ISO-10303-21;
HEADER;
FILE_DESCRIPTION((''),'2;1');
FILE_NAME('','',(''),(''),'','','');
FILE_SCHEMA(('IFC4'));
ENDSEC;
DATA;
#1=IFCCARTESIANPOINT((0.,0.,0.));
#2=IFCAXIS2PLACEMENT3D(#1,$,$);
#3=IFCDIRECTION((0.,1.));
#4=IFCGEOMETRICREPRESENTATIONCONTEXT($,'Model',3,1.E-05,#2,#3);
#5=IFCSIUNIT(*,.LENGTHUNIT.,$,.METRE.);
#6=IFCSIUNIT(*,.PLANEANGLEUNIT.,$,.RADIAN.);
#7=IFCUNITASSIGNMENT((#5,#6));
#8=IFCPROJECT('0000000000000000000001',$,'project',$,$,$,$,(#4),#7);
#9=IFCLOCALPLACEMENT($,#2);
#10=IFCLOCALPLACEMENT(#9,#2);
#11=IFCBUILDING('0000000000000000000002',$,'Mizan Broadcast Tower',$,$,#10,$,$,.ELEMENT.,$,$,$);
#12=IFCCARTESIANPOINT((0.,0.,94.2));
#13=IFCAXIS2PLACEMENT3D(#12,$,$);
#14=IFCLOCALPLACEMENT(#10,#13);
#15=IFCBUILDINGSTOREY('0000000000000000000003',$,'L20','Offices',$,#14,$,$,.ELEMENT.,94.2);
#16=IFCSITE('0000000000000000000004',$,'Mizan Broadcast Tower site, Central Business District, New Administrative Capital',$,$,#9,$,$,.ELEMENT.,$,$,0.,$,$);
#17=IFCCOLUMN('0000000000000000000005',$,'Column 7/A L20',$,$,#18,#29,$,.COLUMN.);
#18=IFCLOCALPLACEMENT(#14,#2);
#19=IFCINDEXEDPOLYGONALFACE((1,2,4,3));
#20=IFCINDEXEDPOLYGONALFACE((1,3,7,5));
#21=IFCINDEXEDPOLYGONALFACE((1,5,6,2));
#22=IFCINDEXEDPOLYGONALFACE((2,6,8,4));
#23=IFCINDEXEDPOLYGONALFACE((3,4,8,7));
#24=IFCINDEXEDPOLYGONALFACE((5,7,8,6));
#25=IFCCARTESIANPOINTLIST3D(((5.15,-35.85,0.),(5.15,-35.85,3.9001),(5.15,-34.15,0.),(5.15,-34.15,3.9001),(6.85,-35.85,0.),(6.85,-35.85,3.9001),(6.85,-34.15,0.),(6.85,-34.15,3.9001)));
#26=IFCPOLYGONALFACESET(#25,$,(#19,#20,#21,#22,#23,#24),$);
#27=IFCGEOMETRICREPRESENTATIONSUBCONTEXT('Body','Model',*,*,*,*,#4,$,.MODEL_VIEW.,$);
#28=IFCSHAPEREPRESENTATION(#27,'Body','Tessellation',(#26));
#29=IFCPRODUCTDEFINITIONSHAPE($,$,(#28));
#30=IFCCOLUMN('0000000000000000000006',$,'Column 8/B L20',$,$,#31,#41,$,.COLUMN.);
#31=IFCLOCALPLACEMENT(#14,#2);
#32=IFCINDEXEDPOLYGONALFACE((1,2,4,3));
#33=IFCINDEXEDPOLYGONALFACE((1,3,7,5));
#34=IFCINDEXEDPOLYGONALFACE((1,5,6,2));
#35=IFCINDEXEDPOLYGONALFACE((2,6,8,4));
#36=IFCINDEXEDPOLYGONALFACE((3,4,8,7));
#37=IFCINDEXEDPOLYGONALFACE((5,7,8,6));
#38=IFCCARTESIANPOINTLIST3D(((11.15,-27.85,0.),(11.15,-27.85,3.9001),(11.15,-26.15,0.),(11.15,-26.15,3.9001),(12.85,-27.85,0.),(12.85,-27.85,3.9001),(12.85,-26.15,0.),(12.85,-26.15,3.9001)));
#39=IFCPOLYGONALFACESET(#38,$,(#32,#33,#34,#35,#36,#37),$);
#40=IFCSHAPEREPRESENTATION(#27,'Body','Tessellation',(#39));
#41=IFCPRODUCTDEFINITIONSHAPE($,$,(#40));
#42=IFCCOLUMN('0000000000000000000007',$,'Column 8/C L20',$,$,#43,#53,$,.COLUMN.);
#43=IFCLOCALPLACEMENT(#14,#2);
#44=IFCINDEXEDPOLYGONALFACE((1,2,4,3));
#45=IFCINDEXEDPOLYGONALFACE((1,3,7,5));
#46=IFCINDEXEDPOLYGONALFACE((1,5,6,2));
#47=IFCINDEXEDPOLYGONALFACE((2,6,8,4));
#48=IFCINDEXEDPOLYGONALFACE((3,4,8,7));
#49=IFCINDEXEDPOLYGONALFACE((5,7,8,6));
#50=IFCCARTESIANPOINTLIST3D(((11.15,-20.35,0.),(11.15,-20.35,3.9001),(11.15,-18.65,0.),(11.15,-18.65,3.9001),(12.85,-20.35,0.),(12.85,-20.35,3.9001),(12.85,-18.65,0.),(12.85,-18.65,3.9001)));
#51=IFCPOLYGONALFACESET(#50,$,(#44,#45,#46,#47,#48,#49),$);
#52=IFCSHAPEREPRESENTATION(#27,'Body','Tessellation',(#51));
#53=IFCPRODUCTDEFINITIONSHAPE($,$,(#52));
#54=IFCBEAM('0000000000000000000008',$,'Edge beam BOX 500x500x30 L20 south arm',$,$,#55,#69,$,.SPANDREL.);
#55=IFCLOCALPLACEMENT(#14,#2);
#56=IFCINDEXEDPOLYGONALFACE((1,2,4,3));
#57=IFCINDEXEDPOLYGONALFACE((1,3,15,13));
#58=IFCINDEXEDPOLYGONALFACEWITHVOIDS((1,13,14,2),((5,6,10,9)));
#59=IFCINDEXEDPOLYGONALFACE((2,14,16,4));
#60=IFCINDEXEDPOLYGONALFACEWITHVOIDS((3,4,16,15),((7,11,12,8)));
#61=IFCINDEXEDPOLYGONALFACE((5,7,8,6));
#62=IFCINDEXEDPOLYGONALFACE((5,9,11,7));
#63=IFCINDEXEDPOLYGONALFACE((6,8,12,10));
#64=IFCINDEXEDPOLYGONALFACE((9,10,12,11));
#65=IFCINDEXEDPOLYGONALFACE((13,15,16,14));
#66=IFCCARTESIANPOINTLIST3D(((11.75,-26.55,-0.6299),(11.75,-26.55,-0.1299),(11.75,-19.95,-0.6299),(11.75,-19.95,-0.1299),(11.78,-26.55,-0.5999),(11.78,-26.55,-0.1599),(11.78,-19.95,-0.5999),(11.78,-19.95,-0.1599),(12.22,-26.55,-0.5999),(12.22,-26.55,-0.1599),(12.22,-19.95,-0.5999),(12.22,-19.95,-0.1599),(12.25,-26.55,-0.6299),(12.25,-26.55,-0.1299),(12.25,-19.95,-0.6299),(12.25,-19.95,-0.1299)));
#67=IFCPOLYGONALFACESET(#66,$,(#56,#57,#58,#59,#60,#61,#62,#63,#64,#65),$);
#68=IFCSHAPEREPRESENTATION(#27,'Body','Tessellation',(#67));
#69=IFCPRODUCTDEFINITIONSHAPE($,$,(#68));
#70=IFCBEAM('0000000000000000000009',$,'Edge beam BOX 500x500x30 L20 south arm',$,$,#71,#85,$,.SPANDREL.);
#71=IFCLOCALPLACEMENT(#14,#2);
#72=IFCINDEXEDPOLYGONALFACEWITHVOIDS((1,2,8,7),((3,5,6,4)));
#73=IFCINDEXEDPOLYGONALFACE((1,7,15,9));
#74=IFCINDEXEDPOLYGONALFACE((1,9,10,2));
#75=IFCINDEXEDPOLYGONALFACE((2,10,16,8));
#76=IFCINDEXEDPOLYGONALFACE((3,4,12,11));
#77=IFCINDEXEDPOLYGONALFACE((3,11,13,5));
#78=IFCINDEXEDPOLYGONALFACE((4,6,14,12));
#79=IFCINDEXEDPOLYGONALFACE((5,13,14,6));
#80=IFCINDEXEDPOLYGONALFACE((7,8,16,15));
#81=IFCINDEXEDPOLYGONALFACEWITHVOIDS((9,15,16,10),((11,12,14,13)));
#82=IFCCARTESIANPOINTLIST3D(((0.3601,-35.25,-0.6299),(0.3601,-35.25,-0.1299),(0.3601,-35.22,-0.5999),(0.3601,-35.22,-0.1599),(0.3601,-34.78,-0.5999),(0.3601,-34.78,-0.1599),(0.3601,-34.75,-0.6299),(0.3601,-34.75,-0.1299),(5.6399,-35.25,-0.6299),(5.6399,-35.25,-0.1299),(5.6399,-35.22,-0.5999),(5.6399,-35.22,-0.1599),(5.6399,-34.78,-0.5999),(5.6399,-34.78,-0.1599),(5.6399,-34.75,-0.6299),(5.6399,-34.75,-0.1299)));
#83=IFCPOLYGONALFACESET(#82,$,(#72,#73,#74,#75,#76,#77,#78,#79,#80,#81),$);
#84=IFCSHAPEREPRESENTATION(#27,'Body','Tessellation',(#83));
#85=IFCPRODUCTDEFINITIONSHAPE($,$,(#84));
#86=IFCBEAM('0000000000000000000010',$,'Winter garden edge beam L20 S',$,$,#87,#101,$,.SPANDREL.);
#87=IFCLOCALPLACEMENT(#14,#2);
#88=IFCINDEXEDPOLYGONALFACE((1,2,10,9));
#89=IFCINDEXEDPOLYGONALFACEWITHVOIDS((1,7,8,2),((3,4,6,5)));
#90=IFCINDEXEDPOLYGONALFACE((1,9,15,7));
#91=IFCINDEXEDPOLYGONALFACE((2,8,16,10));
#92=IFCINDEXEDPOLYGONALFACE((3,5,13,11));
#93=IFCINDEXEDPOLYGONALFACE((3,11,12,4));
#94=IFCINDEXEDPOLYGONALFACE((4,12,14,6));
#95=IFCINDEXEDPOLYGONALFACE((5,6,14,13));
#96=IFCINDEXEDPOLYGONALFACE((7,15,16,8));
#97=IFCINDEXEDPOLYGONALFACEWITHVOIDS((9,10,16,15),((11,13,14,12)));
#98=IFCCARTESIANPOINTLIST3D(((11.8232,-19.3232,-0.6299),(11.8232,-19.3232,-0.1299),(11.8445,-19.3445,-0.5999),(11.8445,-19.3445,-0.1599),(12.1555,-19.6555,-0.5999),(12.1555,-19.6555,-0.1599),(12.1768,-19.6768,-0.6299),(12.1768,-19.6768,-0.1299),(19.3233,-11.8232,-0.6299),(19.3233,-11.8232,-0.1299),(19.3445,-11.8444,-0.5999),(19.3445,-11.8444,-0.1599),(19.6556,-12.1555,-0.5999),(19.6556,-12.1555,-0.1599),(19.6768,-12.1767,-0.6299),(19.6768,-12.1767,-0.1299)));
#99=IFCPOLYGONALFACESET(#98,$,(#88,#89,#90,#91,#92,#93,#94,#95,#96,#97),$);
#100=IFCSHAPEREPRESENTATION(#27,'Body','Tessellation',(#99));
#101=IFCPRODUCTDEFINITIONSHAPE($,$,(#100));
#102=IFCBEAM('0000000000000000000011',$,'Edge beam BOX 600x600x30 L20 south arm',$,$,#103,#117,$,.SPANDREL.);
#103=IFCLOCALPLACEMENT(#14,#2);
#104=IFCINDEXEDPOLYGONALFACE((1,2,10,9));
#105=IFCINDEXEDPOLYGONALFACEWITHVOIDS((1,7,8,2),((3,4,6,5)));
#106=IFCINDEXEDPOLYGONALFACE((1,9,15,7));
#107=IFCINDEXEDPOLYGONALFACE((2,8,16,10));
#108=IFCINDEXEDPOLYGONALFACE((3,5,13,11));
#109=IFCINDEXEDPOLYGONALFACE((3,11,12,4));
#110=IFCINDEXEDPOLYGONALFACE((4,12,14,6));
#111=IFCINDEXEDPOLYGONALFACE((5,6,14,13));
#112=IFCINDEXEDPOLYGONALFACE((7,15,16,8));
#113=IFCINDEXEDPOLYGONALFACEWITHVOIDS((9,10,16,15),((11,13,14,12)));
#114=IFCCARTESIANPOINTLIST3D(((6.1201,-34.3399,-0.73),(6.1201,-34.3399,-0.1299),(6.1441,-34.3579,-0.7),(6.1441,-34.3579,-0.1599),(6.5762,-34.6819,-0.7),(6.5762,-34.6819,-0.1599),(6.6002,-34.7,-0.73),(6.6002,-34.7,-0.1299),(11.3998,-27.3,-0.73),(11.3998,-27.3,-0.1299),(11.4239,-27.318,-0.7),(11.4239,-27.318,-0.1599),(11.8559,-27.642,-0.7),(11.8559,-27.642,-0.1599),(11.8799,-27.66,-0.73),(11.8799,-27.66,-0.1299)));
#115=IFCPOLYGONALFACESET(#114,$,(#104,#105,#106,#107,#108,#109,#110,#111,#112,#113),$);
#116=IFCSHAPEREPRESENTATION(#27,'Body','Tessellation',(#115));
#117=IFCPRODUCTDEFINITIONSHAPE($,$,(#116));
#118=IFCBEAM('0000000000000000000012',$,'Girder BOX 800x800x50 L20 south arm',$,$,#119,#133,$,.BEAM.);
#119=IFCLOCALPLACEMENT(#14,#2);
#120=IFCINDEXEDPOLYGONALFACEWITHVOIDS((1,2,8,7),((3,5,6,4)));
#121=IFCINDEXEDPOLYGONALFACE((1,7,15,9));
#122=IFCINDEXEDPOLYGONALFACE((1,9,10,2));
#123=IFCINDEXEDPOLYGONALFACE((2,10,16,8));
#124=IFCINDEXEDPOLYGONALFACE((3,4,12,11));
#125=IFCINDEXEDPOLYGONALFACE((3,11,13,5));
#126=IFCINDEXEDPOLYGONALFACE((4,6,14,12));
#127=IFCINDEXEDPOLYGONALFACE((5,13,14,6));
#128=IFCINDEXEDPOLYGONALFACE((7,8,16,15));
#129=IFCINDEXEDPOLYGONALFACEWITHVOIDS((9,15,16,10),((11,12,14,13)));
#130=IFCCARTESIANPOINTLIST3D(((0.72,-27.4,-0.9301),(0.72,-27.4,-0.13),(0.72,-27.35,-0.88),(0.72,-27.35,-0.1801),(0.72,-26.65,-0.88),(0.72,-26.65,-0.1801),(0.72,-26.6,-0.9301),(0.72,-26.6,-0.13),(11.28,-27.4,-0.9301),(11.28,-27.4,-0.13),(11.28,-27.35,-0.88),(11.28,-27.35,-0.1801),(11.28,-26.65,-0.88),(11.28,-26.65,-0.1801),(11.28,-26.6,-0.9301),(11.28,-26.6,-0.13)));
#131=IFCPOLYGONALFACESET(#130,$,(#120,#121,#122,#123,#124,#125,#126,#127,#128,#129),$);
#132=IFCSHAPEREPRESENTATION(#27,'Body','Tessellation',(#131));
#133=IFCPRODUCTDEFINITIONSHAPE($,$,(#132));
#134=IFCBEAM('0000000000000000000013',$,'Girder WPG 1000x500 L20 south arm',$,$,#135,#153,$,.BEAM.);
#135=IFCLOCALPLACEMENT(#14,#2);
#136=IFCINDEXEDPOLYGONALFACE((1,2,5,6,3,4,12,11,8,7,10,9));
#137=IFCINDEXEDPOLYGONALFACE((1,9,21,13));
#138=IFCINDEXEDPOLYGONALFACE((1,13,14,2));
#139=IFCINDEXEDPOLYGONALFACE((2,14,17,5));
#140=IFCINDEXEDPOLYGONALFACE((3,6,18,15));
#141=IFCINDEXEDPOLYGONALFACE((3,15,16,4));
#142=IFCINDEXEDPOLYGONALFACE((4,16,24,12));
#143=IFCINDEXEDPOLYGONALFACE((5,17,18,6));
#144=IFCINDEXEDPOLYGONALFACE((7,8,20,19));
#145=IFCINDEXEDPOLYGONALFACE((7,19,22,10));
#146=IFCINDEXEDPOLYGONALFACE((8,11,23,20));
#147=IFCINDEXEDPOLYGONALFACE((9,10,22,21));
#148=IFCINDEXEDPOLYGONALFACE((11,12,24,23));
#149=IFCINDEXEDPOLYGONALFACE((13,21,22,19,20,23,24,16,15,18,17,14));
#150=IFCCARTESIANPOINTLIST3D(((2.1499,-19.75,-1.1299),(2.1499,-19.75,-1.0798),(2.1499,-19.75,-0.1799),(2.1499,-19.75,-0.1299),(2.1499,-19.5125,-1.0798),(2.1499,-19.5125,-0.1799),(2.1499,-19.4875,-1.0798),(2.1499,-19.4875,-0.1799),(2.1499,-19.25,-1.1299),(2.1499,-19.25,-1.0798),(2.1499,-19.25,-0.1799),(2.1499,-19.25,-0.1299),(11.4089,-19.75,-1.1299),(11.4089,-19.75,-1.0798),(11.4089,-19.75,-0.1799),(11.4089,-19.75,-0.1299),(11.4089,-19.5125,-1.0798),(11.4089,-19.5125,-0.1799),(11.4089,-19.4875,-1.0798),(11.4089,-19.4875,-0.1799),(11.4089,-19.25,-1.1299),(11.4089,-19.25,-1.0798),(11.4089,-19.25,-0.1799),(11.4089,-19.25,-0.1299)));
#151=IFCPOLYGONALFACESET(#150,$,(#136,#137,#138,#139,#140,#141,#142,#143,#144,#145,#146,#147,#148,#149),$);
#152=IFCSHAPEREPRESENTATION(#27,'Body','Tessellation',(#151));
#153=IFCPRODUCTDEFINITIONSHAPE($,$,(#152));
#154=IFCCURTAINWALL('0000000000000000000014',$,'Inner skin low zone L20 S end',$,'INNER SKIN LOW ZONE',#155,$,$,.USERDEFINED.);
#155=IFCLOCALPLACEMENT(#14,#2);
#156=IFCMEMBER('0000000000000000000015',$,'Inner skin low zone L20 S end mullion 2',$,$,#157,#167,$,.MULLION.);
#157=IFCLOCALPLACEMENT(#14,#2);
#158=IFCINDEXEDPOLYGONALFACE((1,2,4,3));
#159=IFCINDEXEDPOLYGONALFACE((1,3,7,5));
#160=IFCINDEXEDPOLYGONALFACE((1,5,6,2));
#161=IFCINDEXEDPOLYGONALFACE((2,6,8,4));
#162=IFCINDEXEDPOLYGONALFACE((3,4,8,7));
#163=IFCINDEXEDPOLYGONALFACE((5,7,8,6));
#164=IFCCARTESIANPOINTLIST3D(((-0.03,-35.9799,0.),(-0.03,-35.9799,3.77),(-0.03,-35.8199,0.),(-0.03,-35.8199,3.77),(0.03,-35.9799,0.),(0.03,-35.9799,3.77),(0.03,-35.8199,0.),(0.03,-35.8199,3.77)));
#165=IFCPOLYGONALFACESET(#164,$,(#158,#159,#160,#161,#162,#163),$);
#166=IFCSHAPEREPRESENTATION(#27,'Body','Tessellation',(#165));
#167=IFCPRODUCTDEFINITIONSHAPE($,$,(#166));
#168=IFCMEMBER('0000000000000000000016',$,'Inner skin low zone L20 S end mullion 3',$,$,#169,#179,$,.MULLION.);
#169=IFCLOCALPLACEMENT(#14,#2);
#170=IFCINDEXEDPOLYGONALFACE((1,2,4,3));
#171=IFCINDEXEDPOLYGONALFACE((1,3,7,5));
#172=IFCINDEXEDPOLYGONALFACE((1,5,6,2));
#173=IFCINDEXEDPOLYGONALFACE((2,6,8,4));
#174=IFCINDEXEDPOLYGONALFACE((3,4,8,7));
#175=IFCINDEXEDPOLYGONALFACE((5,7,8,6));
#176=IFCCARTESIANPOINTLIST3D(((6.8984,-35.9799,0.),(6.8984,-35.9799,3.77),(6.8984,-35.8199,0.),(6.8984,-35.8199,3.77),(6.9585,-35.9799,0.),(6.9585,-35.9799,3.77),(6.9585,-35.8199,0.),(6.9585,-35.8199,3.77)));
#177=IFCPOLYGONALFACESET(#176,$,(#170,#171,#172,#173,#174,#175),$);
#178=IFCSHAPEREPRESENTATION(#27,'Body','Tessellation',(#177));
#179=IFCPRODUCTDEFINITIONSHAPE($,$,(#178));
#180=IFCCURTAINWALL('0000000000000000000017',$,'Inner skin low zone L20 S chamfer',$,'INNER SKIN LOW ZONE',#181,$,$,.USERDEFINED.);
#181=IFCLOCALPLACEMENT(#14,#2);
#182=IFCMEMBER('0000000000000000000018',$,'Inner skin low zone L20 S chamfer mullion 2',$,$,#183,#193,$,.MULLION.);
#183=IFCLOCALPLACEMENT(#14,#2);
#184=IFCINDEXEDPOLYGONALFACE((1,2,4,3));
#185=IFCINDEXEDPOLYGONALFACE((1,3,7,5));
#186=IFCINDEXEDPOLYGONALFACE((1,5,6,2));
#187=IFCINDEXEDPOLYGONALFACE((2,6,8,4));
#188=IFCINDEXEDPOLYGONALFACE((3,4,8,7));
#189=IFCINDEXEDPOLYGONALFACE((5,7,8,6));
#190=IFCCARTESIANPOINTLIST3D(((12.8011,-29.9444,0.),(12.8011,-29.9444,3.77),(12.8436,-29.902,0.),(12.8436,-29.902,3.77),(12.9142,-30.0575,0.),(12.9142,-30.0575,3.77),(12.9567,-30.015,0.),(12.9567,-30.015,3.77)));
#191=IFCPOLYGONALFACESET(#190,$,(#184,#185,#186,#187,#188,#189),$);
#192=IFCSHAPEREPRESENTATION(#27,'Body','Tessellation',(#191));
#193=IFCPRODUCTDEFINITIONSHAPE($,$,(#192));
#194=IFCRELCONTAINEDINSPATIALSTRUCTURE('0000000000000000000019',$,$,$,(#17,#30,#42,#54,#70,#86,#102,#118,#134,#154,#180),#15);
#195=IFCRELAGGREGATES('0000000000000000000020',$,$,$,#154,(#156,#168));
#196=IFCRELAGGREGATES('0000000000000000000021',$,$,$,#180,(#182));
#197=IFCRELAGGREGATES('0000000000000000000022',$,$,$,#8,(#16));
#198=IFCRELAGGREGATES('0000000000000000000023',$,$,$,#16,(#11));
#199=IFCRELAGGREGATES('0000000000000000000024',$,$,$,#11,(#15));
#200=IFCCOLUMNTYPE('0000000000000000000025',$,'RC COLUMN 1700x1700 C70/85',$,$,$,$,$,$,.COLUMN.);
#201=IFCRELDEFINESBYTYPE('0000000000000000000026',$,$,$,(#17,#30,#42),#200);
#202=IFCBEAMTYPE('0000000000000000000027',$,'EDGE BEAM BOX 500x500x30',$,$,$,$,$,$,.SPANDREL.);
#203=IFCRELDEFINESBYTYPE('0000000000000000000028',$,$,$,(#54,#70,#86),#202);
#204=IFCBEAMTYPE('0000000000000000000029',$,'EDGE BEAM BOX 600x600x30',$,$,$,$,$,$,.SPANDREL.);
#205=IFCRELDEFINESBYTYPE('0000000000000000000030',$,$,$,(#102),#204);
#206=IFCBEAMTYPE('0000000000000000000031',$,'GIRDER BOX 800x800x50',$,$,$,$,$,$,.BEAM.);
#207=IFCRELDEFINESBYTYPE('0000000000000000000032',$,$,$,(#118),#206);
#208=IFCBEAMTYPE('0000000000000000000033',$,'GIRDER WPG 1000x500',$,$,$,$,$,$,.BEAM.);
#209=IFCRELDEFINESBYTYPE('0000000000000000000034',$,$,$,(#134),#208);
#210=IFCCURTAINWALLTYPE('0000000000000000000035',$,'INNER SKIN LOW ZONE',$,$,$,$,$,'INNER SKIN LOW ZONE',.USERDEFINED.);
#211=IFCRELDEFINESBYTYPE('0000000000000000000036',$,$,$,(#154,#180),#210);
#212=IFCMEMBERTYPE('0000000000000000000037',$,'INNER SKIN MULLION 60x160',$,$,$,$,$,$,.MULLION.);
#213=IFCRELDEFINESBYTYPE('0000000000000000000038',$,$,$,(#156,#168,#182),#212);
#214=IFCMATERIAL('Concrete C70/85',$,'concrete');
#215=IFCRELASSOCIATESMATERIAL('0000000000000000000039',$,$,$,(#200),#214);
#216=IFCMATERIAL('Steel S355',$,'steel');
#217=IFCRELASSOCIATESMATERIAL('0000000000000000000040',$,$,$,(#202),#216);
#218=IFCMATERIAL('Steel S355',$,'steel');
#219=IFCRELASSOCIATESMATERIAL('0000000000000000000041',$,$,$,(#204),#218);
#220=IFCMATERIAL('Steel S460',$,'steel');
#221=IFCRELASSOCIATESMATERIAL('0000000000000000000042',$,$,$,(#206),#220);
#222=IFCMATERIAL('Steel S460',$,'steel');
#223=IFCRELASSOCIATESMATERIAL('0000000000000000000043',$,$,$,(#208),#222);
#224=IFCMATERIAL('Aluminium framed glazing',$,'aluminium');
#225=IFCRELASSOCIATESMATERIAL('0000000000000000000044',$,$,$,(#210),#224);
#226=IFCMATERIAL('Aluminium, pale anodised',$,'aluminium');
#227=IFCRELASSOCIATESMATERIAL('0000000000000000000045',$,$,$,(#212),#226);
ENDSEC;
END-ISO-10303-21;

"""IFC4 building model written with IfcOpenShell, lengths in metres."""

from ifc_helpers import new_model, si_unit, direction, frame, origin, origin_2d, place, context, subcontext, project, spatial, rectangle, hollow_rectangle, i_section, extrude, material, material_profile, profile_set, type_object, element, aggregate, save


model = new_model("IFC4")

# Units and contexts
model_context = context("Model", 3, precision=1e-05, world=origin(), true_north=direction((0.0, 1.0)))
body_context = subcontext(model_context, "Body", "Model", "MODEL_VIEW")
ifc_project = project(units=[si_unit("LENGTHUNIT", "METRE"), si_unit("PLANEANGLEUNIT", "RADIAN")], contexts=[model_context])

# Site, building, storey
site_placement = place(None, origin())
site = spatial("IfcSite", under=ifc_project, at=site_placement, Name="Mizan Broadcast Tower site, Central Business District, New Administrative Capital", CompositionType="ELEMENT", RefElevation=0.0)
building_placement = place(site_placement, origin())
building = spatial("IfcBuilding", under=site, at=building_placement, Name="Mizan Broadcast Tower", CompositionType="ELEMENT")
storey_placement = place(building_placement, frame((0.0, 0.0, 94.2)))
storey = spatial("IfcBuildingStorey", under=building, at=storey_placement, Name="L20", Description="Offices", CompositionType="ELEMENT", Elevation=94.2)

# Columns
ifc_material_1 = material(Name="Concrete C70/85", Category="concrete")
ifc_material_profile_1 = material_profile(ifc_material_1, rectangle(XDim=1.7, YDim=1.7, at=origin_2d()), Name="RC 1700x1700")
ifc_profile_set_1 = profile_set([ifc_material_profile_1], Name="Concrete C70/85")
column_type = type_object("IfcColumnType", Name="RC COLUMN 1700x1700 C70/85", PredefinedType="COLUMN", material=ifc_profile_set_1)
for number, where, z_axis, x_axis, name in (
    (1, (6.0, -35.0, 0.0), (0.0, 0.0, 1.0), (1.0, 0.0, 0.0), "Column 7/A L20"),
    (2, (12.0, -27.0, 0.0), (0.0, 0.0, 1.0), (1.0, 0.0, 0.0), "Column 8/B L20"),
    (3, (12.0, -19.5, 0.0), (0.0, 0.0, 1.0), (1.0, 0.0, 0.0), "Column 8/C L20"),
):
    element("IfcColumn", number, at=place(storey_placement, frame(where, z_axis=z_axis, x_axis=x_axis)), inside=storey, type_object=column_type, Name=name, PredefinedType="COLUMN", context=body_context, shape_type="SweptSolid", body=[
        extrude(rectangle(XDim=1.7, YDim=1.7, at=origin_2d()), origin(), (0.0, 0.0, 1.0), 3.9001),
    ])

# Beams
ifc_material_2 = material(Name="Steel S355", Category="steel")
ifc_material_profile_2 = material_profile(ifc_material_2, hollow_rectangle(XDim=0.5, YDim=0.5, WallThickness=0.03, at=origin_2d()), Name="BOX 500x500x30")
ifc_profile_set_2 = profile_set([ifc_material_profile_2], Name="Steel S355")
beam_type_1 = type_object("IfcBeamType", Name="EDGE BEAM BOX 500x500x30", PredefinedType="SPANDREL", material=ifc_profile_set_2)
beam_1_placement = place(storey_placement, frame((12.0, -19.95, -0.3799), z_axis=(0.0, -1.0, 0.0), x_axis=(1.0, 0.0, 0.0)))
element("IfcBeam", 4, at=beam_1_placement, inside=storey, type_object=beam_type_1, Name="Edge beam BOX 500x500x30 L20 south arm", PredefinedType="SPANDREL", context=body_context, shape_type="SweptSolid", body=[
    extrude(hollow_rectangle(XDim=0.5, YDim=0.5, WallThickness=0.03, at=origin_2d()), origin(), (0.0, 0.0, 1.0), 6.6001),
])
beam_2_placement = place(storey_placement, frame((5.6399, -35.0, -0.3799), z_axis=(-1.0, 0.0, 0.0), x_axis=(0.0, -1.0, 0.0)))
element("IfcBeam", 5, at=beam_2_placement, inside=storey, type_object=beam_type_1, Name="Edge beam BOX 500x500x30 L20 south arm", PredefinedType="SPANDREL", context=body_context, shape_type="SweptSolid", body=[
    extrude(hollow_rectangle(XDim=0.5, YDim=0.5, WallThickness=0.03, at=origin_2d()), origin(), (0.0, 0.0, 1.0), 5.2798),
])
beam_3_placement = place(storey_placement, frame((12.0, -19.5, -0.3799), z_axis=(0.707107, 0.707107, 0.0), x_axis=(-0.707107, 0.707107, 0.0)))
element("IfcBeam", 6, at=beam_3_placement, inside=storey, type_object=beam_type_1, Name="Winter garden edge beam L20 S", PredefinedType="SPANDREL", context=body_context, shape_type="SweptSolid", body=[
    extrude(hollow_rectangle(XDim=0.5, YDim=0.5, WallThickness=0.03, at=origin_2d()), origin(), (0.0, 0.0, 1.0), 10.6067),
])
ifc_material_3 = material(Name="Steel S355", Category="steel")
ifc_material_profile_3 = material_profile(ifc_material_3, hollow_rectangle(XDim=0.6001, YDim=0.6001, WallThickness=0.03, at=origin_2d()), Name="BOX 600x600x30")
ifc_profile_set_3 = profile_set([ifc_material_profile_3], Name="Steel S355")
beam_type_2 = type_object("IfcBeamType", Name="EDGE BEAM BOX 600x600x30", PredefinedType="SPANDREL", material=ifc_profile_set_3)
beam_4_placement = place(storey_placement, frame((11.6399, -27.48, -0.4299), z_axis=(-0.599982, -0.800013, 0.0), x_axis=(0.800013, -0.599982, 0.0)))
element("IfcBeam", 7, at=beam_4_placement, inside=storey, type_object=beam_type_2, Name="Edge beam BOX 600x600x30 L20 south arm", PredefinedType="SPANDREL", context=body_context, shape_type="SweptSolid", body=[
    extrude(hollow_rectangle(XDim=0.6001, YDim=0.6001, WallThickness=0.03, at=origin_2d()), origin(), (0.0, 0.0, 1.0), 8.7998),
])
ifc_material_4 = material(Name="Steel S460", Category="steel")
ifc_material_profile_4 = material_profile(ifc_material_4, hollow_rectangle(XDim=0.8, YDim=0.8, WallThickness=0.05, at=origin_2d()), Name="BOX 800x800x50")
ifc_profile_set_4 = profile_set([ifc_material_profile_4], Name="Steel S460")
beam_type_3 = type_object("IfcBeamType", Name="GIRDER BOX 800x800x50", PredefinedType="BEAM", material=ifc_profile_set_4)
beam_5_placement = place(storey_placement, frame((11.28, -27.0, -0.53), z_axis=(-1.0, 0.0, 0.0), x_axis=(0.0, -1.0, 0.0)))
element("IfcBeam", 8, at=beam_5_placement, inside=storey, type_object=beam_type_3, Name="Girder BOX 800x800x50 L20 south arm", PredefinedType="BEAM", context=body_context, shape_type="SweptSolid", body=[
    extrude(hollow_rectangle(XDim=0.8, YDim=0.8, WallThickness=0.05, at=origin_2d()), origin(), (0.0, 0.0, 1.0), 10.5601),
])
ifc_material_5 = material(Name="Steel S460", Category="steel")
ifc_material_profile_5 = material_profile(ifc_material_5, i_section(OverallWidth=0.5, OverallDepth=1.0, WebThickness=0.0249, FlangeThickness=0.05, at=origin_2d()), Name="WPG 1000x500")
ifc_profile_set_5 = profile_set([ifc_material_profile_5], Name="Steel S460")
beam_type_4 = type_object("IfcBeamType", Name="GIRDER WPG 1000x500", PredefinedType="BEAM", material=ifc_profile_set_5)
beam_6_placement = place(storey_placement, frame((11.4089, -19.5, -0.6299), z_axis=(-1.0, 0.0, 0.0), x_axis=(0.0, -1.0, 0.0)))
element("IfcBeam", 9, at=beam_6_placement, inside=storey, type_object=beam_type_4, Name="Girder WPG 1000x500 L20 south arm", PredefinedType="BEAM", context=body_context, shape_type="SweptSolid", body=[
    extrude(i_section(OverallWidth=0.5, OverallDepth=1.0, WebThickness=0.0249, FlangeThickness=0.05, at=origin_2d()), origin(), (0.0, 0.0, 1.0), 9.259),
])

# Curtain wall, members
ifc_material_6 = material(Name="Aluminium framed glazing", Category="aluminium")
curtain_wall_type_1 = type_object("IfcCurtainWallType", Name="INNER SKIN LOW ZONE", ElementType="INNER SKIN LOW ZONE", PredefinedType="USERDEFINED", material=ifc_material_6)
curtain_wall_1_placement = place(storey_placement, origin())
curtain_wall_1 = element("IfcCurtainWall", 10, at=curtain_wall_1_placement, inside=storey, type_object=curtain_wall_type_1, Name="Inner skin low zone L20 S end", ObjectType="INNER SKIN LOW ZONE", PredefinedType="USERDEFINED")
ifc_material_7 = material(Name="Aluminium, pale anodised", Category="aluminium")
ifc_material_profile_6 = material_profile(ifc_material_7, rectangle(XDim=0.1599, YDim=0.0601, at=origin_2d()), Name="MULLION 160x60")
ifc_profile_set_6 = profile_set([ifc_material_profile_6], Name="Aluminium, pale anodised")
member_type_1 = type_object("IfcMemberType", Name="INNER SKIN MULLION 60x160", PredefinedType="MULLION", material=ifc_profile_set_6)
member_1_placement = place(storey_placement, frame((0.0, -35.8999, 0.0), z_axis=(0.0, 0.0, 1.0), x_axis=(0.0, 1.0, 0.0)))
member_1 = element("IfcMember", 11, at=member_1_placement, type_object=member_type_1, Name="Inner skin low zone L20 S end mullion 2", PredefinedType="MULLION", context=body_context, shape_type="SweptSolid", body=[
    extrude(rectangle(XDim=0.1599, YDim=0.0601, at=origin_2d()), origin(), (0.0, 0.0, 1.0), 3.77),
])
member_2_placement = place(storey_placement, frame((6.9285, -35.8999, 0.0), z_axis=(0.0, 0.0, 1.0), x_axis=(0.0, 1.0, 0.0)))
member_2 = element("IfcMember", 12, at=member_2_placement, type_object=member_type_1, Name="Inner skin low zone L20 S end mullion 3", PredefinedType="MULLION", context=body_context, shape_type="SweptSolid", body=[
    extrude(rectangle(XDim=0.1599, YDim=0.0601, at=origin_2d()), origin(), (0.0, 0.0, 1.0), 3.77),
])

# Curtain wall, member
curtain_wall_2_placement = place(storey_placement, origin())
curtain_wall_2 = element("IfcCurtainWall", 13, at=curtain_wall_2_placement, inside=storey, type_object=curtain_wall_type_1, Name="Inner skin low zone L20 S chamfer", ObjectType="INNER SKIN LOW ZONE", PredefinedType="USERDEFINED")
member_3_placement = place(storey_placement, frame((12.8789, -29.9797, 0.0), z_axis=(0.0, 0.0, 1.0), x_axis=(-0.707107, 0.707107, 0.0)))
member_3 = element("IfcMember", 14, at=member_3_placement, type_object=member_type_1, Name="Inner skin low zone L20 S chamfer mullion 2", PredefinedType="MULLION", context=body_context, shape_type="SweptSolid", body=[
    extrude(rectangle(XDim=0.1599, YDim=0.0601, at=origin_2d()), origin(), (0.0, 0.0, 1.0), 3.77),
])

aggregate(curtain_wall_1, [member_1, member_2])
aggregate(curtain_wall_2, [member_3])

save(model, "model.ifc")
